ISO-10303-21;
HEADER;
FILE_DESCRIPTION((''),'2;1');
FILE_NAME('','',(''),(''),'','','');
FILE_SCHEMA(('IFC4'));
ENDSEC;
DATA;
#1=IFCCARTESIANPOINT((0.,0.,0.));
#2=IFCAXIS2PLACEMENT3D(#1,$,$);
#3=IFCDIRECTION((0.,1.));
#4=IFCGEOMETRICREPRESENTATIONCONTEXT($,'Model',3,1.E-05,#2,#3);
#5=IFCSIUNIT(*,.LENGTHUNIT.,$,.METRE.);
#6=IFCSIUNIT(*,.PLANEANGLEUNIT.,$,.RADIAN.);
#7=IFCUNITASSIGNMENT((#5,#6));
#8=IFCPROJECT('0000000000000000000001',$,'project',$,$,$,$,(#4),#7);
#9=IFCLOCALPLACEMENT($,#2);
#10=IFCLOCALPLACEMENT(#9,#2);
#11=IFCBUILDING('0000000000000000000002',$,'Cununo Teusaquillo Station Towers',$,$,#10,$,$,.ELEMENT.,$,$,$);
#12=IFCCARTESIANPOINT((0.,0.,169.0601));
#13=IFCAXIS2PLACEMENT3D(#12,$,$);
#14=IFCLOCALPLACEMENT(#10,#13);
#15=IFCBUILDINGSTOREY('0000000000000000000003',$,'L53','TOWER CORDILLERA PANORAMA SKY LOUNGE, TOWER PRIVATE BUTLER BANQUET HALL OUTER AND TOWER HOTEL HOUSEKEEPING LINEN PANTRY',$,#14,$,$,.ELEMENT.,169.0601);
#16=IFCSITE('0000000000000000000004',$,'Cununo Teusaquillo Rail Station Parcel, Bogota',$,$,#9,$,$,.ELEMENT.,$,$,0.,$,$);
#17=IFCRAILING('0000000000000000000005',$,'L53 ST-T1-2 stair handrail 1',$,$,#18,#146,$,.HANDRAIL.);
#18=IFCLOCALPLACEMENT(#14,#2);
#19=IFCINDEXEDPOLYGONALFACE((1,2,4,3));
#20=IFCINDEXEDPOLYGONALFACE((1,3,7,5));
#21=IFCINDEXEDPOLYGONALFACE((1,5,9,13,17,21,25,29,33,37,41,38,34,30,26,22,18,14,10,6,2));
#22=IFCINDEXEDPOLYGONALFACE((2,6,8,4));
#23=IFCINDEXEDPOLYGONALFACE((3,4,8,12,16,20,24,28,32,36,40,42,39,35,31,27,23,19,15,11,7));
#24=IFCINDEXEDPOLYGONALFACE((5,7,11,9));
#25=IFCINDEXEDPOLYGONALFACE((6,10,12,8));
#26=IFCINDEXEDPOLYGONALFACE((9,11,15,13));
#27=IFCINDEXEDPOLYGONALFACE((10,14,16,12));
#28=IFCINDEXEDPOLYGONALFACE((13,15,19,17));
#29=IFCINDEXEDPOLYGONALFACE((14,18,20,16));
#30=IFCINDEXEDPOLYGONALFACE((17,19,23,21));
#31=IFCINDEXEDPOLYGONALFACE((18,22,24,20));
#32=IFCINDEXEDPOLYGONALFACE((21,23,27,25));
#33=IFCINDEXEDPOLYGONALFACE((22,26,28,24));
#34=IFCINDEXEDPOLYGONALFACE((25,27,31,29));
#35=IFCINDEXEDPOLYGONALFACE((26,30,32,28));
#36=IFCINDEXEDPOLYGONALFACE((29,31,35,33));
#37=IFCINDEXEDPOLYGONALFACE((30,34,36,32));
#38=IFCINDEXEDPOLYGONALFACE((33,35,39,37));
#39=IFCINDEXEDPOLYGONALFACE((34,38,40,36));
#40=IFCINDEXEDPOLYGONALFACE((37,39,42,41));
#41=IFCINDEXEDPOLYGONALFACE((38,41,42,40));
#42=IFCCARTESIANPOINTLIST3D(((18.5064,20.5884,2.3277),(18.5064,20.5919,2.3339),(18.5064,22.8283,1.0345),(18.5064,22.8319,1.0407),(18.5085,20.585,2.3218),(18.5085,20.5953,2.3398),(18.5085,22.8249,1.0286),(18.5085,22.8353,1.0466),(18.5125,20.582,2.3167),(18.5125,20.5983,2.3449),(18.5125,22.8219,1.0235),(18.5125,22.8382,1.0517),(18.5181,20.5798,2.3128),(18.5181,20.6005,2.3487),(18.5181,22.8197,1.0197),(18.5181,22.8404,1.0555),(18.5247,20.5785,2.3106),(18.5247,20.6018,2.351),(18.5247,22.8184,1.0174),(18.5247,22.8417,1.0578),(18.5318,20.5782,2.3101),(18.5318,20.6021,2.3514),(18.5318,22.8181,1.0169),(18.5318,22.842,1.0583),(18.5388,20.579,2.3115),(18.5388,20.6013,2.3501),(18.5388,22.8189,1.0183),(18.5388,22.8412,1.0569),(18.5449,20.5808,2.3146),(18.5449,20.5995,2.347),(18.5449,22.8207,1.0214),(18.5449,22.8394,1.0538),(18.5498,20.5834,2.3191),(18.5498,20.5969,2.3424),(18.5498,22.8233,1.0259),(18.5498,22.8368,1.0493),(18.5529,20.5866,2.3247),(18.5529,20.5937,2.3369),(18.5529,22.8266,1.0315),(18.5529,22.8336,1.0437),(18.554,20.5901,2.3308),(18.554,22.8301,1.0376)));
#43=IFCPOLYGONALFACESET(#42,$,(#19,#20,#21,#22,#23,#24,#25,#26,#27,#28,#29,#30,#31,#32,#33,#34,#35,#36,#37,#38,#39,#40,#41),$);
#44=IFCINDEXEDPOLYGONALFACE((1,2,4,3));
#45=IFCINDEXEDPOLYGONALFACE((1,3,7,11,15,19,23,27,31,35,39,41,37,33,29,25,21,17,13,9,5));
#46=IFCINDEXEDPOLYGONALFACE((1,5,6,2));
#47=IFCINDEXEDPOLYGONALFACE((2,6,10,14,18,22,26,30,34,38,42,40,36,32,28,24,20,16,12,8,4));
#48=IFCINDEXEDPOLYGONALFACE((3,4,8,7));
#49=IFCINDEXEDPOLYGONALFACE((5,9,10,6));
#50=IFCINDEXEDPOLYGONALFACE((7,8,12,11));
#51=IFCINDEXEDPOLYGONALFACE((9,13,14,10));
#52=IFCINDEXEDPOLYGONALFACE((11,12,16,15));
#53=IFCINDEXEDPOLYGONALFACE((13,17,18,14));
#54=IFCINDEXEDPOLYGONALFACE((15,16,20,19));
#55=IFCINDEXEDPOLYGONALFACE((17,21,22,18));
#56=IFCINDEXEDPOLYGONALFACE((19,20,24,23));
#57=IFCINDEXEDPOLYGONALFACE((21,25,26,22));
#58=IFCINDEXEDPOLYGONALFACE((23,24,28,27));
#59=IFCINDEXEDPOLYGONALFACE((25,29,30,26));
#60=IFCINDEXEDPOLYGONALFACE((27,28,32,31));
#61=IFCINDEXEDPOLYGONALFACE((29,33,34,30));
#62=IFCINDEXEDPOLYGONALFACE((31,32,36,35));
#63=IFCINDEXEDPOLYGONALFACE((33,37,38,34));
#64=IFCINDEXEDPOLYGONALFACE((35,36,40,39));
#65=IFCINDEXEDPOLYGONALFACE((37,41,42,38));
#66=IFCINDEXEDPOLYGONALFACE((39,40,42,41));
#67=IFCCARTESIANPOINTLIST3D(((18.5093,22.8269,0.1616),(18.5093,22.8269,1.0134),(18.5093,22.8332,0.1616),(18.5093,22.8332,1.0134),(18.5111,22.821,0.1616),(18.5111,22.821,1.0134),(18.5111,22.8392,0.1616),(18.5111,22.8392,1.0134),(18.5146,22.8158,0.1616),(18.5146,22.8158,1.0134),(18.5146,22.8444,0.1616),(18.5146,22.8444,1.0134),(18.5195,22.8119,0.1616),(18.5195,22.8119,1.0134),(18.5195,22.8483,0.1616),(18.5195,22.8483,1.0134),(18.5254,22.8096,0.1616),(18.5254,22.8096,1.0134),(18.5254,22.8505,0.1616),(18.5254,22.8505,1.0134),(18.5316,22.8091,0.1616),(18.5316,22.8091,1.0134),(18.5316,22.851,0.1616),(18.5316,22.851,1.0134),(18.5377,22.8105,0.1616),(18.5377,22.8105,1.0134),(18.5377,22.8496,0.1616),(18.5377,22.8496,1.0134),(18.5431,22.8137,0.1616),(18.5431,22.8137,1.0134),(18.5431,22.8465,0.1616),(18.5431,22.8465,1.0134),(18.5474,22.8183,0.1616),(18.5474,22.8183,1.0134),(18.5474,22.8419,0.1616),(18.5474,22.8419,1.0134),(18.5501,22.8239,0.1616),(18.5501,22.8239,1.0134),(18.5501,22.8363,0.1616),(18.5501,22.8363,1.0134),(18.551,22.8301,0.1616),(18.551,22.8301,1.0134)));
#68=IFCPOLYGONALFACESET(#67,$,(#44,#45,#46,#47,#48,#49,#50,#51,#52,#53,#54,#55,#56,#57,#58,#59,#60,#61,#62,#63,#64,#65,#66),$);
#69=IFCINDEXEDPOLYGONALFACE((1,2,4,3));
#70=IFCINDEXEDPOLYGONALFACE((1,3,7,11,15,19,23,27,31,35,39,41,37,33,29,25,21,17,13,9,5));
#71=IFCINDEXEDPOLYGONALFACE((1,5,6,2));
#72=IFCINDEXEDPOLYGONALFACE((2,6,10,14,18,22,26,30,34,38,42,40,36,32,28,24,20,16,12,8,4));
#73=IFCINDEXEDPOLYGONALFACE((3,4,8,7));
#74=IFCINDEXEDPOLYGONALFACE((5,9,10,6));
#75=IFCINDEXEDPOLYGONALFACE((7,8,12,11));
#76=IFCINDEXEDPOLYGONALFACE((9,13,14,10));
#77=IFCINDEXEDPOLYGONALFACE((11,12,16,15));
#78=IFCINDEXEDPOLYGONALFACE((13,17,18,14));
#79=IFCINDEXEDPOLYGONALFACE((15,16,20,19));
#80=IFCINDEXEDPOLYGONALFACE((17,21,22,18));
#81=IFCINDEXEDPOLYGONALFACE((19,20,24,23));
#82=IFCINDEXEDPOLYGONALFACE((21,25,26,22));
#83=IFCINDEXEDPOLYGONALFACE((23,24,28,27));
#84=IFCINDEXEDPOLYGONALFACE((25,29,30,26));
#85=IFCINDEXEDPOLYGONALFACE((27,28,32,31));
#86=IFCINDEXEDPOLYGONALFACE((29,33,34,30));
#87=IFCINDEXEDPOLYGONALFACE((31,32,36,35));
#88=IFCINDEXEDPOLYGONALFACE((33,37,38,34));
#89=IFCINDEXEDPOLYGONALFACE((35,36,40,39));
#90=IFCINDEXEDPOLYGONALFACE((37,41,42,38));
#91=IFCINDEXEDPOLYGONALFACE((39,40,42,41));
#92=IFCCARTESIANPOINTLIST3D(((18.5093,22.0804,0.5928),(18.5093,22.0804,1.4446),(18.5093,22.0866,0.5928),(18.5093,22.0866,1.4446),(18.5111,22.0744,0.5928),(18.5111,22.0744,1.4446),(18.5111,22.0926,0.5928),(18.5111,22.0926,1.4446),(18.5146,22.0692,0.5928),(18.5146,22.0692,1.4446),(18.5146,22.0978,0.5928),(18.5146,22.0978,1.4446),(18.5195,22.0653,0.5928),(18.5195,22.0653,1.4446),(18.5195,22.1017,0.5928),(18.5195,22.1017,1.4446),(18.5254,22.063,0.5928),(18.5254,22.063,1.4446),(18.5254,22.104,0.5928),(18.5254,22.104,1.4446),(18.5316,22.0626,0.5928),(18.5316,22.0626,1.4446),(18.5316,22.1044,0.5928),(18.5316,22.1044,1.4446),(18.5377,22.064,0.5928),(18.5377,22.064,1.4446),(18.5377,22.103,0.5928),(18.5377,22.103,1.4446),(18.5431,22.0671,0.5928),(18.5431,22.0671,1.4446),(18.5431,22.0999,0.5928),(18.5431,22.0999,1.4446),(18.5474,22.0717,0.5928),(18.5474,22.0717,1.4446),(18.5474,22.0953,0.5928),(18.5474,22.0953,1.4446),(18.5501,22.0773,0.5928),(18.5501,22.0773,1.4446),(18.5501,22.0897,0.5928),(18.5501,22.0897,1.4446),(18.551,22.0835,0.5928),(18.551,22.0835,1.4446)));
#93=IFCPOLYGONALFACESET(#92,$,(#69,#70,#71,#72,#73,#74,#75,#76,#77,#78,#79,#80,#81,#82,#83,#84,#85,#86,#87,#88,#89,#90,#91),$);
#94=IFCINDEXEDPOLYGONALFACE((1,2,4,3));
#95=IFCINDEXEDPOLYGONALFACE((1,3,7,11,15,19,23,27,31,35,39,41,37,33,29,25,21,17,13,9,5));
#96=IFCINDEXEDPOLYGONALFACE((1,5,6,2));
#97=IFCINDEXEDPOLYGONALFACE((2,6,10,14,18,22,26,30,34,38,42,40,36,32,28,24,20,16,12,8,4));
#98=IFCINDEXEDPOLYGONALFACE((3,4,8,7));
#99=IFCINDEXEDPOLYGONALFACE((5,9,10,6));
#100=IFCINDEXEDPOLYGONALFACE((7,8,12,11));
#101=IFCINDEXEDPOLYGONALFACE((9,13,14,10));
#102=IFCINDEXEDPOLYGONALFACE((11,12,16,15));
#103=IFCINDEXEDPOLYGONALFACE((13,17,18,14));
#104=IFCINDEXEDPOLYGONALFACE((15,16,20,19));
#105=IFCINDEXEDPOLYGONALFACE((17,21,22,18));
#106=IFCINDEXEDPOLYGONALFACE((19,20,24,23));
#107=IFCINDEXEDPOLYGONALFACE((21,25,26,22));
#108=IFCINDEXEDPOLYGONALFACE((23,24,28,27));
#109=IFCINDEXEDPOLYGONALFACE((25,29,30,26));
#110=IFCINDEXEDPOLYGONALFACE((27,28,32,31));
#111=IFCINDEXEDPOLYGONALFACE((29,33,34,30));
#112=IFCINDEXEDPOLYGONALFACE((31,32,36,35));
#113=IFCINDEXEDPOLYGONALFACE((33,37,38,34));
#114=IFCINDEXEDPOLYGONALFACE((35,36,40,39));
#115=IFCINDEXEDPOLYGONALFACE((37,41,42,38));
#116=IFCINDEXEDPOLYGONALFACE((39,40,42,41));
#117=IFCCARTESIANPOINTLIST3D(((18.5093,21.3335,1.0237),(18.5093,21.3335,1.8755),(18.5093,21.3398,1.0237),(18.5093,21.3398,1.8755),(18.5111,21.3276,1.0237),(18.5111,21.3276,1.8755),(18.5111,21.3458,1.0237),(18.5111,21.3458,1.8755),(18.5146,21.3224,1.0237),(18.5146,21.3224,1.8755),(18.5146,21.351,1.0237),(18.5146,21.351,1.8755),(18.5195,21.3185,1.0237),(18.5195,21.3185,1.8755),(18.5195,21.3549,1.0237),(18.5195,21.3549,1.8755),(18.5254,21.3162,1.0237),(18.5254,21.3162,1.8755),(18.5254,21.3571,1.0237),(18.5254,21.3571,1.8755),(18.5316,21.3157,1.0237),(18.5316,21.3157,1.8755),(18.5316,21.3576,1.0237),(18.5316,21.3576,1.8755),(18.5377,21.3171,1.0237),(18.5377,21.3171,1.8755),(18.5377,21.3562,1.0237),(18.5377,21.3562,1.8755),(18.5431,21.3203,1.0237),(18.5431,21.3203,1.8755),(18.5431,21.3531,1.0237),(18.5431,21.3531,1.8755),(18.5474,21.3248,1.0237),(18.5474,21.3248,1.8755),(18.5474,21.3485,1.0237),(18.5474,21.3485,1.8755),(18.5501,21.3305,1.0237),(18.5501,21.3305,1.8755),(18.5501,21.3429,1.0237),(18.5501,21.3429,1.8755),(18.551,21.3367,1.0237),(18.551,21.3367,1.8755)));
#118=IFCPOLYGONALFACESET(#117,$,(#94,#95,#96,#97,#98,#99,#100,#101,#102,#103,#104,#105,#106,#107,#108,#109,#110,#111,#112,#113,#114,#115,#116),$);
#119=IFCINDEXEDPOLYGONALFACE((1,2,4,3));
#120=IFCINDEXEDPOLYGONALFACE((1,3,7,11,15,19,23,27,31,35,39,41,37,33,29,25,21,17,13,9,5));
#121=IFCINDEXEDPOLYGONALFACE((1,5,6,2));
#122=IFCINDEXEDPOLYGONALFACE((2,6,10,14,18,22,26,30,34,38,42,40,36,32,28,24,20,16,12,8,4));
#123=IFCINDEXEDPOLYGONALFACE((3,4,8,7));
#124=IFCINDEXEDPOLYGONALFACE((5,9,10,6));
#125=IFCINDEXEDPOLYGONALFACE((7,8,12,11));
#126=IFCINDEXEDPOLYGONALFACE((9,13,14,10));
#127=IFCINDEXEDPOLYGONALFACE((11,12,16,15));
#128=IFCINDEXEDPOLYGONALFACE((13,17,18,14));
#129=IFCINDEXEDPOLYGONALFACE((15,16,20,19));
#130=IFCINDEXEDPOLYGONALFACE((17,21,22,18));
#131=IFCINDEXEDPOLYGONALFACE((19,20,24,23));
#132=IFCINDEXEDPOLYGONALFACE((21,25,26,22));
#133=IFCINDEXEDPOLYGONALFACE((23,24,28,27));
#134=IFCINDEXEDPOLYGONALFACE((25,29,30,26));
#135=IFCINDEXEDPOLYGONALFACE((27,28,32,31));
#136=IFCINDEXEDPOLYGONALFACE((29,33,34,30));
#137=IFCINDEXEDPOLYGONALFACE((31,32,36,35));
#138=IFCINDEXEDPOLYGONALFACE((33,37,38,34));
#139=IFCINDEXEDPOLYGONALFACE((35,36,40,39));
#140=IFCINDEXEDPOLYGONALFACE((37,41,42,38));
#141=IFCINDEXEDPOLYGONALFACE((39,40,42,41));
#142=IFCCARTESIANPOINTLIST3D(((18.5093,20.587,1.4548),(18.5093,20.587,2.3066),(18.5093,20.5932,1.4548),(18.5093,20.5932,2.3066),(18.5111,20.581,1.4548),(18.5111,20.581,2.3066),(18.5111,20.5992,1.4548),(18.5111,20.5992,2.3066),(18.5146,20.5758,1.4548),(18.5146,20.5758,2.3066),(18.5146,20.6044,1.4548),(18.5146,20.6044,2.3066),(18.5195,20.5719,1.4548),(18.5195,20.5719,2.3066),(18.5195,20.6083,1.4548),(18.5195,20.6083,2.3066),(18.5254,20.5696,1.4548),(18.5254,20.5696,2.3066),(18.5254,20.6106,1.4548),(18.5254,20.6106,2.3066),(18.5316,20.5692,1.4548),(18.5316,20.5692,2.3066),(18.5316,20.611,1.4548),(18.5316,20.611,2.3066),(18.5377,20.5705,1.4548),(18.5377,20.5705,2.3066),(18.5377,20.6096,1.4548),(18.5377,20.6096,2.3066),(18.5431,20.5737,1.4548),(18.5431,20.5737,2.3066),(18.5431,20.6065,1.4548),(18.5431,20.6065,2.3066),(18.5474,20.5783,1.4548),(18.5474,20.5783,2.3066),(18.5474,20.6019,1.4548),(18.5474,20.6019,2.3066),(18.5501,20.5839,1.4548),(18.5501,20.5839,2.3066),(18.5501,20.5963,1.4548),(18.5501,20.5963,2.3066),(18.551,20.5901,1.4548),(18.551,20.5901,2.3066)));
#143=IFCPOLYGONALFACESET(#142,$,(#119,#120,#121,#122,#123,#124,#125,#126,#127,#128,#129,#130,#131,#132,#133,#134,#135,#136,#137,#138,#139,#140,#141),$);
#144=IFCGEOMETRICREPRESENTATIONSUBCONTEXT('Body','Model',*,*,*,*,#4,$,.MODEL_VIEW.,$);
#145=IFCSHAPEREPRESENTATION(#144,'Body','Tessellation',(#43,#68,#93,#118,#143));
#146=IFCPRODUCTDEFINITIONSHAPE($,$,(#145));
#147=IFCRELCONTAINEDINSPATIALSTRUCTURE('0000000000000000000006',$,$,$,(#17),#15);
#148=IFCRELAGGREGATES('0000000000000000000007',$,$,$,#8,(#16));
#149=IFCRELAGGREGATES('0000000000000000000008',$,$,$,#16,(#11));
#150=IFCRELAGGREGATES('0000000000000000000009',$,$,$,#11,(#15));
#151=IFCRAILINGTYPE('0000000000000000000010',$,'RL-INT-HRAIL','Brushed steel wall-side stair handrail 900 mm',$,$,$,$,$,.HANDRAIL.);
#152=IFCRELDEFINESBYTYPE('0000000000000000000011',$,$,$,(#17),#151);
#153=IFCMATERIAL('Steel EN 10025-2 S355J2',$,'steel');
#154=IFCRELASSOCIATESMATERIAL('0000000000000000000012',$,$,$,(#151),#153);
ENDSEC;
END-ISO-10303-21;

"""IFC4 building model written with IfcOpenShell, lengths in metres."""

from ifc_helpers import new_model, si_unit, direction, frame, origin, origin_2d, place, context, subcontext, project, spatial, circle, extrude, material, type_object, element, save


model = new_model("IFC4")

# Units and contexts
model_context = context("Model", 3, precision=1e-05, world=origin(), true_north=direction((0.0, 1.0)))
body_context = subcontext(model_context, "Body", "Model", "MODEL_VIEW")
ifc_project = project(units=[si_unit("LENGTHUNIT", "METRE"), si_unit("PLANEANGLEUNIT", "RADIAN")], contexts=[model_context])

# Site, building, storey
site_placement = place(None, origin())
site = spatial("IfcSite", under=ifc_project, at=site_placement, Name="Cununo Teusaquillo Rail Station Parcel, Bogota", CompositionType="ELEMENT", RefElevation=0.0)
building_placement = place(site_placement, origin())
building = spatial("IfcBuilding", under=site, at=building_placement, Name="Cununo Teusaquillo Station Towers", CompositionType="ELEMENT")
storey_placement = place(building_placement, frame((0.0, 0.0, 169.0601)))
storey = spatial("IfcBuildingStorey", under=building, at=storey_placement, Name="L53", Description="TOWER CORDILLERA PANORAMA SKY LOUNGE, TOWER PRIVATE BUTLER BANQUET HALL OUTER AND TOWER HOTEL HOUSEKEEPING LINEN PANTRY", CompositionType="ELEMENT", Elevation=169.0601)

# Railing
ifc_material_1 = material(Name="Steel EN 10025-2 S355J2", Category="steel")
railing_type_1 = type_object("IfcRailingType", Name="RL-INT-HRAIL", Description="Brushed steel wall-side stair handrail 900 mm", PredefinedType="HANDRAIL", material=ifc_material_1)
railing_1_placement = place(storey_placement, frame((18.53, 22.8301, 0.1616)))
element("IfcRailing", 1, at=railing_1_placement, inside=storey, type_object=railing_type_1, Name="L53 ST-T1-2 stair handrail 1", PredefinedType="HANDRAIL", context=body_context, shape_type="SweptSolid", body=[
    extrude(circle(Radius=0.0239, at=origin_2d()), frame((0.0, 0.0, 0.876), z_axis=(0.0, -0.866033, 0.499987), x_axis=(1.0, 0.0, 0.0)), (0.0, 0.0, 1.0), 2.5864),
    extrude(circle(Radius=0.021, at=origin_2d()), origin(), (0.0, 0.0, 1.0), 0.8518),
    extrude(circle(Radius=0.021, at=origin_2d()), frame((0.0, -0.7466, 0.4312)), (0.0, 0.0, 1.0), 0.8518),
    extrude(circle(Radius=0.021, at=origin_2d()), frame((0.0, -1.4934, 0.8621)), (0.0, 0.0, 1.0), 0.8518),
    extrude(circle(Radius=0.021, at=origin_2d()), frame((0.0, -2.24, 1.2932)), (0.0, 0.0, 1.0), 0.8518),
])

save(model, "model.ifc")
